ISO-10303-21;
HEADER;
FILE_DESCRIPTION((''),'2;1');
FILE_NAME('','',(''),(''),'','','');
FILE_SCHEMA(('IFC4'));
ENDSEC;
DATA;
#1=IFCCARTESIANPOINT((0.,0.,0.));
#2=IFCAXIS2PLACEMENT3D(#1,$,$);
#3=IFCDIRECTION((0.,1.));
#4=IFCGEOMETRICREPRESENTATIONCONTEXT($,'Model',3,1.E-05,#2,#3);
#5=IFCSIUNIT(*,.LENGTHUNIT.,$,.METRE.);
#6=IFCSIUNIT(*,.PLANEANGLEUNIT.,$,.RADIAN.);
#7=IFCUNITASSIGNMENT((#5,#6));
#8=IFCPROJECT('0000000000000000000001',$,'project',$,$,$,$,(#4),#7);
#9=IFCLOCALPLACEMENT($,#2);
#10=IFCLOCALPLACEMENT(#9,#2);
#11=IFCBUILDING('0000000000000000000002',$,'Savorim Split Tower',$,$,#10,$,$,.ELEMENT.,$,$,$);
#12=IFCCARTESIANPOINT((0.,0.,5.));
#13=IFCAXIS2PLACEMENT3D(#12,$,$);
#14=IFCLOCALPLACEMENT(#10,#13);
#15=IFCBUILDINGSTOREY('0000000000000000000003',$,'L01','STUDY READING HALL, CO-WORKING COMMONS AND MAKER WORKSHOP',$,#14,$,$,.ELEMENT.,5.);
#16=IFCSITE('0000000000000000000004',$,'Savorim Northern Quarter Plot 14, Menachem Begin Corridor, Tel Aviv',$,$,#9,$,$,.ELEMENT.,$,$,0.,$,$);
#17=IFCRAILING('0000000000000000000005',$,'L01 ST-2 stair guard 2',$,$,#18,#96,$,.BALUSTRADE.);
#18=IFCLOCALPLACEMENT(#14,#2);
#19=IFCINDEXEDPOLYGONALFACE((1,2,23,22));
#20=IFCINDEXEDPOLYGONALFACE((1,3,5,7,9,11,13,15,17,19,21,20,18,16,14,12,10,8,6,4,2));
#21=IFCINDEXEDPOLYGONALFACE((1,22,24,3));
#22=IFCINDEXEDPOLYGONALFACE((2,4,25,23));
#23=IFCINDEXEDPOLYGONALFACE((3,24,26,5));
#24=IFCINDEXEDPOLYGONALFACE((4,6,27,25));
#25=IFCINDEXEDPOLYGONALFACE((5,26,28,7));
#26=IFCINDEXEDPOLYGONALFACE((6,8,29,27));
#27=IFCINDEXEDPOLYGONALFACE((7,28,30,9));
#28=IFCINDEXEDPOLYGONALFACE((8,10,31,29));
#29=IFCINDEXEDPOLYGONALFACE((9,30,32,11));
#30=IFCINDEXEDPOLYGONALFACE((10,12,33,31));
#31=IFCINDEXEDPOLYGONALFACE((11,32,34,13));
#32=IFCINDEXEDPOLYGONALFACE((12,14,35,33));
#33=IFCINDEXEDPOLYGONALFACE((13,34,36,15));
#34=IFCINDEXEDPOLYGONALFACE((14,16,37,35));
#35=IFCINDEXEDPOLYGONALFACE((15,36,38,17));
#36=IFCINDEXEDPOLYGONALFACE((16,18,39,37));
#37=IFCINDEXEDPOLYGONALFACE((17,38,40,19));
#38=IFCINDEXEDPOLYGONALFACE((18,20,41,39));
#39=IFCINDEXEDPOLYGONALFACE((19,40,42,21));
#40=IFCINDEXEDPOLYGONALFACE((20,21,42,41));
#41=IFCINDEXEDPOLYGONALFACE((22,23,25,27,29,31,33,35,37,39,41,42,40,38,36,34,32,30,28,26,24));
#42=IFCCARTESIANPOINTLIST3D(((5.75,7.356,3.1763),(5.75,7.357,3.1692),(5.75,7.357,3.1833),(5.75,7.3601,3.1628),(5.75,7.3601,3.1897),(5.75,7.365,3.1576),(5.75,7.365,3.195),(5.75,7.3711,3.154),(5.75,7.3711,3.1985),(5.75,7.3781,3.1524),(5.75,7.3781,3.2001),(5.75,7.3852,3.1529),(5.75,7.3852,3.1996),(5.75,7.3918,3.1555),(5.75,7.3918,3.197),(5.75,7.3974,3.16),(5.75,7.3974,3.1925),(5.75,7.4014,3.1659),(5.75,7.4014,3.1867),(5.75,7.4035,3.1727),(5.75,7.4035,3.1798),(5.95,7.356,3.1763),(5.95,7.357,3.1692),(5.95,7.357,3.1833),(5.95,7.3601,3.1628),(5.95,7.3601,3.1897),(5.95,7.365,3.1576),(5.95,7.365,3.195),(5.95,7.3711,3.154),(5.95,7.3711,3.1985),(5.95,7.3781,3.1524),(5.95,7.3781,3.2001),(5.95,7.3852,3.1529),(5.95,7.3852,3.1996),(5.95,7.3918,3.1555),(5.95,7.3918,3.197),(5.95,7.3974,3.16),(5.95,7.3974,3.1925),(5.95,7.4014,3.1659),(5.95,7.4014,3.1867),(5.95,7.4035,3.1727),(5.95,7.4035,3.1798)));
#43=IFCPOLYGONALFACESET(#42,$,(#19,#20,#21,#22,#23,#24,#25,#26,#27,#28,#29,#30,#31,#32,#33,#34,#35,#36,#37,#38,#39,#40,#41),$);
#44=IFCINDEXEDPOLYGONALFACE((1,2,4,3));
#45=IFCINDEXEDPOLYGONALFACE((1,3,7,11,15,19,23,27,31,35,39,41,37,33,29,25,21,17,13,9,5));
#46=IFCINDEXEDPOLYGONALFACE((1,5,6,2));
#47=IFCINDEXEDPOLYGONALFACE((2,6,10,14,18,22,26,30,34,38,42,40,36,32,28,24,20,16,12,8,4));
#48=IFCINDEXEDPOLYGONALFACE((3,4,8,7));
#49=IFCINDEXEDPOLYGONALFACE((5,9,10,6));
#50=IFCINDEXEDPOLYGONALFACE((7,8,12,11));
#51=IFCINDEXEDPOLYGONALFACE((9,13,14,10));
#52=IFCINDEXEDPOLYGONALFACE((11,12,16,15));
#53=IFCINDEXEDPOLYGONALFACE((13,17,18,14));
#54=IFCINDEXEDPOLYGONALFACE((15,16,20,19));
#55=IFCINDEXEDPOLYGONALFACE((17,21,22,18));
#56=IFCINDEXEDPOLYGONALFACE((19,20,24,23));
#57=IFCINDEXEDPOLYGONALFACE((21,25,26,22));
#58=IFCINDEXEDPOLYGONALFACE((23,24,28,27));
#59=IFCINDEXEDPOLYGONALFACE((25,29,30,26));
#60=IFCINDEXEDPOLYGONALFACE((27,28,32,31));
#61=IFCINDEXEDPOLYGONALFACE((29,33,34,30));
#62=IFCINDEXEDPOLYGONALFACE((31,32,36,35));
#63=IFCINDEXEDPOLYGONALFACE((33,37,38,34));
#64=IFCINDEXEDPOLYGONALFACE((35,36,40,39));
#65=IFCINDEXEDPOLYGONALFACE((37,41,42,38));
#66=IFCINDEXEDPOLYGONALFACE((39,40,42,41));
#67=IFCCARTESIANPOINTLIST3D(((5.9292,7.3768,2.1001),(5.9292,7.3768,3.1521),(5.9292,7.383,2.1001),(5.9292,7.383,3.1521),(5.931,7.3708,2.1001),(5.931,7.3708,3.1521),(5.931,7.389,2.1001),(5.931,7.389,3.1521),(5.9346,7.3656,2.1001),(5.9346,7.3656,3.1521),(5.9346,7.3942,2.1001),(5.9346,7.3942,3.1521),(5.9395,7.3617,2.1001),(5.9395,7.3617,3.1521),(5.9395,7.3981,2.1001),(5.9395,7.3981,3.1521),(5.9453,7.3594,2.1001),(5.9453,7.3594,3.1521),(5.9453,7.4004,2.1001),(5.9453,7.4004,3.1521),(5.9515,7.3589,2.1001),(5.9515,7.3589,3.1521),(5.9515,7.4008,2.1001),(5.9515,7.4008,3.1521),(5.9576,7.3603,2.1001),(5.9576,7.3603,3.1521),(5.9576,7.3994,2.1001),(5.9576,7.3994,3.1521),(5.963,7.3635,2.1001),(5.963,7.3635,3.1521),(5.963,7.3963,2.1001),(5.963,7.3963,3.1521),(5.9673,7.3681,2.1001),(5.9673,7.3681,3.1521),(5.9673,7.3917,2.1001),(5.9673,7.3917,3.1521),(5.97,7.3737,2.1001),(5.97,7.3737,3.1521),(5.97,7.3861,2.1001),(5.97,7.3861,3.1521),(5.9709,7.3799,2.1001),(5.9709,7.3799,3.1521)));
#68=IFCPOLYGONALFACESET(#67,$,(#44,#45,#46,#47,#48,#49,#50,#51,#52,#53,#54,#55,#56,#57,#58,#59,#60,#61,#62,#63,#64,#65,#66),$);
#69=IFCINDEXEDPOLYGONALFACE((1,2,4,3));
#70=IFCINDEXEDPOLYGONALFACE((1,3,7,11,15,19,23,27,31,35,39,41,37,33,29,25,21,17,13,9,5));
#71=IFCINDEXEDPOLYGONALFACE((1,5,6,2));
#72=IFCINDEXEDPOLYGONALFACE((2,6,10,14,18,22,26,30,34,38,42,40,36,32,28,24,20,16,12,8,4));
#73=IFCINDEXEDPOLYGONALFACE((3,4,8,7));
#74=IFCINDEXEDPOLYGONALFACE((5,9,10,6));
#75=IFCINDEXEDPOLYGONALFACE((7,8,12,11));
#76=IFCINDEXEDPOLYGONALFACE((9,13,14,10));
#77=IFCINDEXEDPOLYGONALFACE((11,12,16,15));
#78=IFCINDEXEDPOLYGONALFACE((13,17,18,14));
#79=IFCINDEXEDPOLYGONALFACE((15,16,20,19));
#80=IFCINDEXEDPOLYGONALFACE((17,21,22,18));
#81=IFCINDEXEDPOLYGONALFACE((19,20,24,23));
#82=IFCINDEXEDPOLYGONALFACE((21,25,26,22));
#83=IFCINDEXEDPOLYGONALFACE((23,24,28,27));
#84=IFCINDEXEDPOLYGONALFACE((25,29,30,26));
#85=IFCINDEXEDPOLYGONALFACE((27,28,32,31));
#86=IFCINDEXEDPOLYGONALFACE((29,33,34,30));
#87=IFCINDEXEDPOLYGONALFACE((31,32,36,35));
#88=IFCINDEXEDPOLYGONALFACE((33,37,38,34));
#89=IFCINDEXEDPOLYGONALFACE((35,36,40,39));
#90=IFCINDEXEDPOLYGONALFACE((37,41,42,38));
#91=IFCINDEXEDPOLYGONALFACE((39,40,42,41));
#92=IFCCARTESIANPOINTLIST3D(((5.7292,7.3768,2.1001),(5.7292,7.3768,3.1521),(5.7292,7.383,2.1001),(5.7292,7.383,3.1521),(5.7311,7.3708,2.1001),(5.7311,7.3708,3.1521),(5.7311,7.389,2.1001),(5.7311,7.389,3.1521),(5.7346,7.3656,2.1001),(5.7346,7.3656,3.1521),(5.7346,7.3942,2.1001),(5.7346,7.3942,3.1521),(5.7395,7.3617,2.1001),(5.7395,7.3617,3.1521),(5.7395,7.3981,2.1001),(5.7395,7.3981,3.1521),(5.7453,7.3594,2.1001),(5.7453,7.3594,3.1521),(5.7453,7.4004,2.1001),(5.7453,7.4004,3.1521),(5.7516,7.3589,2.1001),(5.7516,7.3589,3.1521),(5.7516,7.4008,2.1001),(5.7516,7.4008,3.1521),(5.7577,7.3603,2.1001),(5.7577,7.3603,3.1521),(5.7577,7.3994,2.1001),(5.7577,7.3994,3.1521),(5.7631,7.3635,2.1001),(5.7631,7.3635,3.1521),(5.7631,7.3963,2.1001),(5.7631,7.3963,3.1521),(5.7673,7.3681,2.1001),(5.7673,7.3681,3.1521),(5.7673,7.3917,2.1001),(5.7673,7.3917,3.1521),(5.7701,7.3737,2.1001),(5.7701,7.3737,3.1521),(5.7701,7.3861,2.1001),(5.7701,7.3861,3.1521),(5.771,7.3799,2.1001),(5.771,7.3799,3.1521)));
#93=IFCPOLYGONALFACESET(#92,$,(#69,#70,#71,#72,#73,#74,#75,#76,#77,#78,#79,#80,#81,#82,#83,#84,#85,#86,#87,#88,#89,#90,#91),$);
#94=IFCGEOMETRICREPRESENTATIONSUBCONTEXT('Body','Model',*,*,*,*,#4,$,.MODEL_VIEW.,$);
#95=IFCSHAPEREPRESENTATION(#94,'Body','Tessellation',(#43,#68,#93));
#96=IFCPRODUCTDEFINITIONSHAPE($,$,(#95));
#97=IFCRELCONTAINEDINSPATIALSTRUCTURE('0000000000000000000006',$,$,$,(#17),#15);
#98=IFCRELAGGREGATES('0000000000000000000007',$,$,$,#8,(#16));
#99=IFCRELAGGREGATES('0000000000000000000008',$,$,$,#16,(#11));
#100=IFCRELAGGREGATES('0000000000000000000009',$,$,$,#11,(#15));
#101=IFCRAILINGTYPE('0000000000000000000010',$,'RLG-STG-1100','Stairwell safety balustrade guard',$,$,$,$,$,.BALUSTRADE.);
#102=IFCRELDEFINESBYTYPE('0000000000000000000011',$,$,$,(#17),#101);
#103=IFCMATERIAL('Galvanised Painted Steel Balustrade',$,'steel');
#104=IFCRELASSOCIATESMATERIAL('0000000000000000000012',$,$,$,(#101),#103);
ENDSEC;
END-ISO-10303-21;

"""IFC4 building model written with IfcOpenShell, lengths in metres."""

from ifc_helpers import new_model, si_unit, direction, frame, origin, origin_2d, place, context, subcontext, project, spatial, circle, extrude, material, type_object, element, save


model = new_model("IFC4")

# Units and contexts
model_context = context("Model", 3, precision=1e-05, world=origin(), true_north=direction((0.0, 1.0)))
body_context = subcontext(model_context, "Body", "Model", "MODEL_VIEW")
ifc_project = project(units=[si_unit("LENGTHUNIT", "METRE"), si_unit("PLANEANGLEUNIT", "RADIAN")], contexts=[model_context])

# Site, building, storey
site_placement = place(None, origin())
site = spatial("IfcSite", under=ifc_project, at=site_placement, Name="Savorim Northern Quarter Plot 14, Menachem Begin Corridor, Tel Aviv", CompositionType="ELEMENT", RefElevation=0.0)
building_placement = place(site_placement, origin())
building = spatial("IfcBuilding", under=site, at=building_placement, Name="Savorim Split Tower", CompositionType="ELEMENT")
storey_placement = place(building_placement, frame((0.0, 0.0, 5.0)))
storey = spatial("IfcBuildingStorey", under=building, at=storey_placement, Name="L01", Description="STUDY READING HALL, CO-WORKING COMMONS AND MAKER WORKSHOP", CompositionType="ELEMENT", Elevation=5.0)

# Railing
ifc_material_1 = material(Name="Galvanised Painted Steel Balustrade", Category="steel")
railing_type_1 = type_object("IfcRailingType", Name="RLG-STG-1100", Description="Stairwell safety balustrade guard", PredefinedType="BALUSTRADE", material=ifc_material_1)
railing_1_placement = place(storey_placement, frame((5.95, 7.3799, 2.1001)))
element("IfcRailing", 1, at=railing_1_placement, inside=storey, type_object=railing_type_1, Name="L01 ST-2 stair guard 2", PredefinedType="BALUSTRADE", context=body_context, shape_type="SweptSolid", body=[
    extrude(circle(Radius=0.0239, at=origin_2d()), frame((0.0, 0.0, 1.0762), z_axis=(-1.0, 0.0, 0.0), x_axis=(0.0, -1.0, 0.0)), (0.0, 0.0, 1.0), 0.2),
    extrude(circle(Radius=0.021, at=origin_2d()), origin(), (0.0, 0.0, 1.0), 1.052),
    extrude(circle(Radius=0.021, at=origin_2d()), frame((-0.2, 0.0, 0.0)), (0.0, 0.0, 1.0), 1.052),
])

save(model, "model.ifc")
